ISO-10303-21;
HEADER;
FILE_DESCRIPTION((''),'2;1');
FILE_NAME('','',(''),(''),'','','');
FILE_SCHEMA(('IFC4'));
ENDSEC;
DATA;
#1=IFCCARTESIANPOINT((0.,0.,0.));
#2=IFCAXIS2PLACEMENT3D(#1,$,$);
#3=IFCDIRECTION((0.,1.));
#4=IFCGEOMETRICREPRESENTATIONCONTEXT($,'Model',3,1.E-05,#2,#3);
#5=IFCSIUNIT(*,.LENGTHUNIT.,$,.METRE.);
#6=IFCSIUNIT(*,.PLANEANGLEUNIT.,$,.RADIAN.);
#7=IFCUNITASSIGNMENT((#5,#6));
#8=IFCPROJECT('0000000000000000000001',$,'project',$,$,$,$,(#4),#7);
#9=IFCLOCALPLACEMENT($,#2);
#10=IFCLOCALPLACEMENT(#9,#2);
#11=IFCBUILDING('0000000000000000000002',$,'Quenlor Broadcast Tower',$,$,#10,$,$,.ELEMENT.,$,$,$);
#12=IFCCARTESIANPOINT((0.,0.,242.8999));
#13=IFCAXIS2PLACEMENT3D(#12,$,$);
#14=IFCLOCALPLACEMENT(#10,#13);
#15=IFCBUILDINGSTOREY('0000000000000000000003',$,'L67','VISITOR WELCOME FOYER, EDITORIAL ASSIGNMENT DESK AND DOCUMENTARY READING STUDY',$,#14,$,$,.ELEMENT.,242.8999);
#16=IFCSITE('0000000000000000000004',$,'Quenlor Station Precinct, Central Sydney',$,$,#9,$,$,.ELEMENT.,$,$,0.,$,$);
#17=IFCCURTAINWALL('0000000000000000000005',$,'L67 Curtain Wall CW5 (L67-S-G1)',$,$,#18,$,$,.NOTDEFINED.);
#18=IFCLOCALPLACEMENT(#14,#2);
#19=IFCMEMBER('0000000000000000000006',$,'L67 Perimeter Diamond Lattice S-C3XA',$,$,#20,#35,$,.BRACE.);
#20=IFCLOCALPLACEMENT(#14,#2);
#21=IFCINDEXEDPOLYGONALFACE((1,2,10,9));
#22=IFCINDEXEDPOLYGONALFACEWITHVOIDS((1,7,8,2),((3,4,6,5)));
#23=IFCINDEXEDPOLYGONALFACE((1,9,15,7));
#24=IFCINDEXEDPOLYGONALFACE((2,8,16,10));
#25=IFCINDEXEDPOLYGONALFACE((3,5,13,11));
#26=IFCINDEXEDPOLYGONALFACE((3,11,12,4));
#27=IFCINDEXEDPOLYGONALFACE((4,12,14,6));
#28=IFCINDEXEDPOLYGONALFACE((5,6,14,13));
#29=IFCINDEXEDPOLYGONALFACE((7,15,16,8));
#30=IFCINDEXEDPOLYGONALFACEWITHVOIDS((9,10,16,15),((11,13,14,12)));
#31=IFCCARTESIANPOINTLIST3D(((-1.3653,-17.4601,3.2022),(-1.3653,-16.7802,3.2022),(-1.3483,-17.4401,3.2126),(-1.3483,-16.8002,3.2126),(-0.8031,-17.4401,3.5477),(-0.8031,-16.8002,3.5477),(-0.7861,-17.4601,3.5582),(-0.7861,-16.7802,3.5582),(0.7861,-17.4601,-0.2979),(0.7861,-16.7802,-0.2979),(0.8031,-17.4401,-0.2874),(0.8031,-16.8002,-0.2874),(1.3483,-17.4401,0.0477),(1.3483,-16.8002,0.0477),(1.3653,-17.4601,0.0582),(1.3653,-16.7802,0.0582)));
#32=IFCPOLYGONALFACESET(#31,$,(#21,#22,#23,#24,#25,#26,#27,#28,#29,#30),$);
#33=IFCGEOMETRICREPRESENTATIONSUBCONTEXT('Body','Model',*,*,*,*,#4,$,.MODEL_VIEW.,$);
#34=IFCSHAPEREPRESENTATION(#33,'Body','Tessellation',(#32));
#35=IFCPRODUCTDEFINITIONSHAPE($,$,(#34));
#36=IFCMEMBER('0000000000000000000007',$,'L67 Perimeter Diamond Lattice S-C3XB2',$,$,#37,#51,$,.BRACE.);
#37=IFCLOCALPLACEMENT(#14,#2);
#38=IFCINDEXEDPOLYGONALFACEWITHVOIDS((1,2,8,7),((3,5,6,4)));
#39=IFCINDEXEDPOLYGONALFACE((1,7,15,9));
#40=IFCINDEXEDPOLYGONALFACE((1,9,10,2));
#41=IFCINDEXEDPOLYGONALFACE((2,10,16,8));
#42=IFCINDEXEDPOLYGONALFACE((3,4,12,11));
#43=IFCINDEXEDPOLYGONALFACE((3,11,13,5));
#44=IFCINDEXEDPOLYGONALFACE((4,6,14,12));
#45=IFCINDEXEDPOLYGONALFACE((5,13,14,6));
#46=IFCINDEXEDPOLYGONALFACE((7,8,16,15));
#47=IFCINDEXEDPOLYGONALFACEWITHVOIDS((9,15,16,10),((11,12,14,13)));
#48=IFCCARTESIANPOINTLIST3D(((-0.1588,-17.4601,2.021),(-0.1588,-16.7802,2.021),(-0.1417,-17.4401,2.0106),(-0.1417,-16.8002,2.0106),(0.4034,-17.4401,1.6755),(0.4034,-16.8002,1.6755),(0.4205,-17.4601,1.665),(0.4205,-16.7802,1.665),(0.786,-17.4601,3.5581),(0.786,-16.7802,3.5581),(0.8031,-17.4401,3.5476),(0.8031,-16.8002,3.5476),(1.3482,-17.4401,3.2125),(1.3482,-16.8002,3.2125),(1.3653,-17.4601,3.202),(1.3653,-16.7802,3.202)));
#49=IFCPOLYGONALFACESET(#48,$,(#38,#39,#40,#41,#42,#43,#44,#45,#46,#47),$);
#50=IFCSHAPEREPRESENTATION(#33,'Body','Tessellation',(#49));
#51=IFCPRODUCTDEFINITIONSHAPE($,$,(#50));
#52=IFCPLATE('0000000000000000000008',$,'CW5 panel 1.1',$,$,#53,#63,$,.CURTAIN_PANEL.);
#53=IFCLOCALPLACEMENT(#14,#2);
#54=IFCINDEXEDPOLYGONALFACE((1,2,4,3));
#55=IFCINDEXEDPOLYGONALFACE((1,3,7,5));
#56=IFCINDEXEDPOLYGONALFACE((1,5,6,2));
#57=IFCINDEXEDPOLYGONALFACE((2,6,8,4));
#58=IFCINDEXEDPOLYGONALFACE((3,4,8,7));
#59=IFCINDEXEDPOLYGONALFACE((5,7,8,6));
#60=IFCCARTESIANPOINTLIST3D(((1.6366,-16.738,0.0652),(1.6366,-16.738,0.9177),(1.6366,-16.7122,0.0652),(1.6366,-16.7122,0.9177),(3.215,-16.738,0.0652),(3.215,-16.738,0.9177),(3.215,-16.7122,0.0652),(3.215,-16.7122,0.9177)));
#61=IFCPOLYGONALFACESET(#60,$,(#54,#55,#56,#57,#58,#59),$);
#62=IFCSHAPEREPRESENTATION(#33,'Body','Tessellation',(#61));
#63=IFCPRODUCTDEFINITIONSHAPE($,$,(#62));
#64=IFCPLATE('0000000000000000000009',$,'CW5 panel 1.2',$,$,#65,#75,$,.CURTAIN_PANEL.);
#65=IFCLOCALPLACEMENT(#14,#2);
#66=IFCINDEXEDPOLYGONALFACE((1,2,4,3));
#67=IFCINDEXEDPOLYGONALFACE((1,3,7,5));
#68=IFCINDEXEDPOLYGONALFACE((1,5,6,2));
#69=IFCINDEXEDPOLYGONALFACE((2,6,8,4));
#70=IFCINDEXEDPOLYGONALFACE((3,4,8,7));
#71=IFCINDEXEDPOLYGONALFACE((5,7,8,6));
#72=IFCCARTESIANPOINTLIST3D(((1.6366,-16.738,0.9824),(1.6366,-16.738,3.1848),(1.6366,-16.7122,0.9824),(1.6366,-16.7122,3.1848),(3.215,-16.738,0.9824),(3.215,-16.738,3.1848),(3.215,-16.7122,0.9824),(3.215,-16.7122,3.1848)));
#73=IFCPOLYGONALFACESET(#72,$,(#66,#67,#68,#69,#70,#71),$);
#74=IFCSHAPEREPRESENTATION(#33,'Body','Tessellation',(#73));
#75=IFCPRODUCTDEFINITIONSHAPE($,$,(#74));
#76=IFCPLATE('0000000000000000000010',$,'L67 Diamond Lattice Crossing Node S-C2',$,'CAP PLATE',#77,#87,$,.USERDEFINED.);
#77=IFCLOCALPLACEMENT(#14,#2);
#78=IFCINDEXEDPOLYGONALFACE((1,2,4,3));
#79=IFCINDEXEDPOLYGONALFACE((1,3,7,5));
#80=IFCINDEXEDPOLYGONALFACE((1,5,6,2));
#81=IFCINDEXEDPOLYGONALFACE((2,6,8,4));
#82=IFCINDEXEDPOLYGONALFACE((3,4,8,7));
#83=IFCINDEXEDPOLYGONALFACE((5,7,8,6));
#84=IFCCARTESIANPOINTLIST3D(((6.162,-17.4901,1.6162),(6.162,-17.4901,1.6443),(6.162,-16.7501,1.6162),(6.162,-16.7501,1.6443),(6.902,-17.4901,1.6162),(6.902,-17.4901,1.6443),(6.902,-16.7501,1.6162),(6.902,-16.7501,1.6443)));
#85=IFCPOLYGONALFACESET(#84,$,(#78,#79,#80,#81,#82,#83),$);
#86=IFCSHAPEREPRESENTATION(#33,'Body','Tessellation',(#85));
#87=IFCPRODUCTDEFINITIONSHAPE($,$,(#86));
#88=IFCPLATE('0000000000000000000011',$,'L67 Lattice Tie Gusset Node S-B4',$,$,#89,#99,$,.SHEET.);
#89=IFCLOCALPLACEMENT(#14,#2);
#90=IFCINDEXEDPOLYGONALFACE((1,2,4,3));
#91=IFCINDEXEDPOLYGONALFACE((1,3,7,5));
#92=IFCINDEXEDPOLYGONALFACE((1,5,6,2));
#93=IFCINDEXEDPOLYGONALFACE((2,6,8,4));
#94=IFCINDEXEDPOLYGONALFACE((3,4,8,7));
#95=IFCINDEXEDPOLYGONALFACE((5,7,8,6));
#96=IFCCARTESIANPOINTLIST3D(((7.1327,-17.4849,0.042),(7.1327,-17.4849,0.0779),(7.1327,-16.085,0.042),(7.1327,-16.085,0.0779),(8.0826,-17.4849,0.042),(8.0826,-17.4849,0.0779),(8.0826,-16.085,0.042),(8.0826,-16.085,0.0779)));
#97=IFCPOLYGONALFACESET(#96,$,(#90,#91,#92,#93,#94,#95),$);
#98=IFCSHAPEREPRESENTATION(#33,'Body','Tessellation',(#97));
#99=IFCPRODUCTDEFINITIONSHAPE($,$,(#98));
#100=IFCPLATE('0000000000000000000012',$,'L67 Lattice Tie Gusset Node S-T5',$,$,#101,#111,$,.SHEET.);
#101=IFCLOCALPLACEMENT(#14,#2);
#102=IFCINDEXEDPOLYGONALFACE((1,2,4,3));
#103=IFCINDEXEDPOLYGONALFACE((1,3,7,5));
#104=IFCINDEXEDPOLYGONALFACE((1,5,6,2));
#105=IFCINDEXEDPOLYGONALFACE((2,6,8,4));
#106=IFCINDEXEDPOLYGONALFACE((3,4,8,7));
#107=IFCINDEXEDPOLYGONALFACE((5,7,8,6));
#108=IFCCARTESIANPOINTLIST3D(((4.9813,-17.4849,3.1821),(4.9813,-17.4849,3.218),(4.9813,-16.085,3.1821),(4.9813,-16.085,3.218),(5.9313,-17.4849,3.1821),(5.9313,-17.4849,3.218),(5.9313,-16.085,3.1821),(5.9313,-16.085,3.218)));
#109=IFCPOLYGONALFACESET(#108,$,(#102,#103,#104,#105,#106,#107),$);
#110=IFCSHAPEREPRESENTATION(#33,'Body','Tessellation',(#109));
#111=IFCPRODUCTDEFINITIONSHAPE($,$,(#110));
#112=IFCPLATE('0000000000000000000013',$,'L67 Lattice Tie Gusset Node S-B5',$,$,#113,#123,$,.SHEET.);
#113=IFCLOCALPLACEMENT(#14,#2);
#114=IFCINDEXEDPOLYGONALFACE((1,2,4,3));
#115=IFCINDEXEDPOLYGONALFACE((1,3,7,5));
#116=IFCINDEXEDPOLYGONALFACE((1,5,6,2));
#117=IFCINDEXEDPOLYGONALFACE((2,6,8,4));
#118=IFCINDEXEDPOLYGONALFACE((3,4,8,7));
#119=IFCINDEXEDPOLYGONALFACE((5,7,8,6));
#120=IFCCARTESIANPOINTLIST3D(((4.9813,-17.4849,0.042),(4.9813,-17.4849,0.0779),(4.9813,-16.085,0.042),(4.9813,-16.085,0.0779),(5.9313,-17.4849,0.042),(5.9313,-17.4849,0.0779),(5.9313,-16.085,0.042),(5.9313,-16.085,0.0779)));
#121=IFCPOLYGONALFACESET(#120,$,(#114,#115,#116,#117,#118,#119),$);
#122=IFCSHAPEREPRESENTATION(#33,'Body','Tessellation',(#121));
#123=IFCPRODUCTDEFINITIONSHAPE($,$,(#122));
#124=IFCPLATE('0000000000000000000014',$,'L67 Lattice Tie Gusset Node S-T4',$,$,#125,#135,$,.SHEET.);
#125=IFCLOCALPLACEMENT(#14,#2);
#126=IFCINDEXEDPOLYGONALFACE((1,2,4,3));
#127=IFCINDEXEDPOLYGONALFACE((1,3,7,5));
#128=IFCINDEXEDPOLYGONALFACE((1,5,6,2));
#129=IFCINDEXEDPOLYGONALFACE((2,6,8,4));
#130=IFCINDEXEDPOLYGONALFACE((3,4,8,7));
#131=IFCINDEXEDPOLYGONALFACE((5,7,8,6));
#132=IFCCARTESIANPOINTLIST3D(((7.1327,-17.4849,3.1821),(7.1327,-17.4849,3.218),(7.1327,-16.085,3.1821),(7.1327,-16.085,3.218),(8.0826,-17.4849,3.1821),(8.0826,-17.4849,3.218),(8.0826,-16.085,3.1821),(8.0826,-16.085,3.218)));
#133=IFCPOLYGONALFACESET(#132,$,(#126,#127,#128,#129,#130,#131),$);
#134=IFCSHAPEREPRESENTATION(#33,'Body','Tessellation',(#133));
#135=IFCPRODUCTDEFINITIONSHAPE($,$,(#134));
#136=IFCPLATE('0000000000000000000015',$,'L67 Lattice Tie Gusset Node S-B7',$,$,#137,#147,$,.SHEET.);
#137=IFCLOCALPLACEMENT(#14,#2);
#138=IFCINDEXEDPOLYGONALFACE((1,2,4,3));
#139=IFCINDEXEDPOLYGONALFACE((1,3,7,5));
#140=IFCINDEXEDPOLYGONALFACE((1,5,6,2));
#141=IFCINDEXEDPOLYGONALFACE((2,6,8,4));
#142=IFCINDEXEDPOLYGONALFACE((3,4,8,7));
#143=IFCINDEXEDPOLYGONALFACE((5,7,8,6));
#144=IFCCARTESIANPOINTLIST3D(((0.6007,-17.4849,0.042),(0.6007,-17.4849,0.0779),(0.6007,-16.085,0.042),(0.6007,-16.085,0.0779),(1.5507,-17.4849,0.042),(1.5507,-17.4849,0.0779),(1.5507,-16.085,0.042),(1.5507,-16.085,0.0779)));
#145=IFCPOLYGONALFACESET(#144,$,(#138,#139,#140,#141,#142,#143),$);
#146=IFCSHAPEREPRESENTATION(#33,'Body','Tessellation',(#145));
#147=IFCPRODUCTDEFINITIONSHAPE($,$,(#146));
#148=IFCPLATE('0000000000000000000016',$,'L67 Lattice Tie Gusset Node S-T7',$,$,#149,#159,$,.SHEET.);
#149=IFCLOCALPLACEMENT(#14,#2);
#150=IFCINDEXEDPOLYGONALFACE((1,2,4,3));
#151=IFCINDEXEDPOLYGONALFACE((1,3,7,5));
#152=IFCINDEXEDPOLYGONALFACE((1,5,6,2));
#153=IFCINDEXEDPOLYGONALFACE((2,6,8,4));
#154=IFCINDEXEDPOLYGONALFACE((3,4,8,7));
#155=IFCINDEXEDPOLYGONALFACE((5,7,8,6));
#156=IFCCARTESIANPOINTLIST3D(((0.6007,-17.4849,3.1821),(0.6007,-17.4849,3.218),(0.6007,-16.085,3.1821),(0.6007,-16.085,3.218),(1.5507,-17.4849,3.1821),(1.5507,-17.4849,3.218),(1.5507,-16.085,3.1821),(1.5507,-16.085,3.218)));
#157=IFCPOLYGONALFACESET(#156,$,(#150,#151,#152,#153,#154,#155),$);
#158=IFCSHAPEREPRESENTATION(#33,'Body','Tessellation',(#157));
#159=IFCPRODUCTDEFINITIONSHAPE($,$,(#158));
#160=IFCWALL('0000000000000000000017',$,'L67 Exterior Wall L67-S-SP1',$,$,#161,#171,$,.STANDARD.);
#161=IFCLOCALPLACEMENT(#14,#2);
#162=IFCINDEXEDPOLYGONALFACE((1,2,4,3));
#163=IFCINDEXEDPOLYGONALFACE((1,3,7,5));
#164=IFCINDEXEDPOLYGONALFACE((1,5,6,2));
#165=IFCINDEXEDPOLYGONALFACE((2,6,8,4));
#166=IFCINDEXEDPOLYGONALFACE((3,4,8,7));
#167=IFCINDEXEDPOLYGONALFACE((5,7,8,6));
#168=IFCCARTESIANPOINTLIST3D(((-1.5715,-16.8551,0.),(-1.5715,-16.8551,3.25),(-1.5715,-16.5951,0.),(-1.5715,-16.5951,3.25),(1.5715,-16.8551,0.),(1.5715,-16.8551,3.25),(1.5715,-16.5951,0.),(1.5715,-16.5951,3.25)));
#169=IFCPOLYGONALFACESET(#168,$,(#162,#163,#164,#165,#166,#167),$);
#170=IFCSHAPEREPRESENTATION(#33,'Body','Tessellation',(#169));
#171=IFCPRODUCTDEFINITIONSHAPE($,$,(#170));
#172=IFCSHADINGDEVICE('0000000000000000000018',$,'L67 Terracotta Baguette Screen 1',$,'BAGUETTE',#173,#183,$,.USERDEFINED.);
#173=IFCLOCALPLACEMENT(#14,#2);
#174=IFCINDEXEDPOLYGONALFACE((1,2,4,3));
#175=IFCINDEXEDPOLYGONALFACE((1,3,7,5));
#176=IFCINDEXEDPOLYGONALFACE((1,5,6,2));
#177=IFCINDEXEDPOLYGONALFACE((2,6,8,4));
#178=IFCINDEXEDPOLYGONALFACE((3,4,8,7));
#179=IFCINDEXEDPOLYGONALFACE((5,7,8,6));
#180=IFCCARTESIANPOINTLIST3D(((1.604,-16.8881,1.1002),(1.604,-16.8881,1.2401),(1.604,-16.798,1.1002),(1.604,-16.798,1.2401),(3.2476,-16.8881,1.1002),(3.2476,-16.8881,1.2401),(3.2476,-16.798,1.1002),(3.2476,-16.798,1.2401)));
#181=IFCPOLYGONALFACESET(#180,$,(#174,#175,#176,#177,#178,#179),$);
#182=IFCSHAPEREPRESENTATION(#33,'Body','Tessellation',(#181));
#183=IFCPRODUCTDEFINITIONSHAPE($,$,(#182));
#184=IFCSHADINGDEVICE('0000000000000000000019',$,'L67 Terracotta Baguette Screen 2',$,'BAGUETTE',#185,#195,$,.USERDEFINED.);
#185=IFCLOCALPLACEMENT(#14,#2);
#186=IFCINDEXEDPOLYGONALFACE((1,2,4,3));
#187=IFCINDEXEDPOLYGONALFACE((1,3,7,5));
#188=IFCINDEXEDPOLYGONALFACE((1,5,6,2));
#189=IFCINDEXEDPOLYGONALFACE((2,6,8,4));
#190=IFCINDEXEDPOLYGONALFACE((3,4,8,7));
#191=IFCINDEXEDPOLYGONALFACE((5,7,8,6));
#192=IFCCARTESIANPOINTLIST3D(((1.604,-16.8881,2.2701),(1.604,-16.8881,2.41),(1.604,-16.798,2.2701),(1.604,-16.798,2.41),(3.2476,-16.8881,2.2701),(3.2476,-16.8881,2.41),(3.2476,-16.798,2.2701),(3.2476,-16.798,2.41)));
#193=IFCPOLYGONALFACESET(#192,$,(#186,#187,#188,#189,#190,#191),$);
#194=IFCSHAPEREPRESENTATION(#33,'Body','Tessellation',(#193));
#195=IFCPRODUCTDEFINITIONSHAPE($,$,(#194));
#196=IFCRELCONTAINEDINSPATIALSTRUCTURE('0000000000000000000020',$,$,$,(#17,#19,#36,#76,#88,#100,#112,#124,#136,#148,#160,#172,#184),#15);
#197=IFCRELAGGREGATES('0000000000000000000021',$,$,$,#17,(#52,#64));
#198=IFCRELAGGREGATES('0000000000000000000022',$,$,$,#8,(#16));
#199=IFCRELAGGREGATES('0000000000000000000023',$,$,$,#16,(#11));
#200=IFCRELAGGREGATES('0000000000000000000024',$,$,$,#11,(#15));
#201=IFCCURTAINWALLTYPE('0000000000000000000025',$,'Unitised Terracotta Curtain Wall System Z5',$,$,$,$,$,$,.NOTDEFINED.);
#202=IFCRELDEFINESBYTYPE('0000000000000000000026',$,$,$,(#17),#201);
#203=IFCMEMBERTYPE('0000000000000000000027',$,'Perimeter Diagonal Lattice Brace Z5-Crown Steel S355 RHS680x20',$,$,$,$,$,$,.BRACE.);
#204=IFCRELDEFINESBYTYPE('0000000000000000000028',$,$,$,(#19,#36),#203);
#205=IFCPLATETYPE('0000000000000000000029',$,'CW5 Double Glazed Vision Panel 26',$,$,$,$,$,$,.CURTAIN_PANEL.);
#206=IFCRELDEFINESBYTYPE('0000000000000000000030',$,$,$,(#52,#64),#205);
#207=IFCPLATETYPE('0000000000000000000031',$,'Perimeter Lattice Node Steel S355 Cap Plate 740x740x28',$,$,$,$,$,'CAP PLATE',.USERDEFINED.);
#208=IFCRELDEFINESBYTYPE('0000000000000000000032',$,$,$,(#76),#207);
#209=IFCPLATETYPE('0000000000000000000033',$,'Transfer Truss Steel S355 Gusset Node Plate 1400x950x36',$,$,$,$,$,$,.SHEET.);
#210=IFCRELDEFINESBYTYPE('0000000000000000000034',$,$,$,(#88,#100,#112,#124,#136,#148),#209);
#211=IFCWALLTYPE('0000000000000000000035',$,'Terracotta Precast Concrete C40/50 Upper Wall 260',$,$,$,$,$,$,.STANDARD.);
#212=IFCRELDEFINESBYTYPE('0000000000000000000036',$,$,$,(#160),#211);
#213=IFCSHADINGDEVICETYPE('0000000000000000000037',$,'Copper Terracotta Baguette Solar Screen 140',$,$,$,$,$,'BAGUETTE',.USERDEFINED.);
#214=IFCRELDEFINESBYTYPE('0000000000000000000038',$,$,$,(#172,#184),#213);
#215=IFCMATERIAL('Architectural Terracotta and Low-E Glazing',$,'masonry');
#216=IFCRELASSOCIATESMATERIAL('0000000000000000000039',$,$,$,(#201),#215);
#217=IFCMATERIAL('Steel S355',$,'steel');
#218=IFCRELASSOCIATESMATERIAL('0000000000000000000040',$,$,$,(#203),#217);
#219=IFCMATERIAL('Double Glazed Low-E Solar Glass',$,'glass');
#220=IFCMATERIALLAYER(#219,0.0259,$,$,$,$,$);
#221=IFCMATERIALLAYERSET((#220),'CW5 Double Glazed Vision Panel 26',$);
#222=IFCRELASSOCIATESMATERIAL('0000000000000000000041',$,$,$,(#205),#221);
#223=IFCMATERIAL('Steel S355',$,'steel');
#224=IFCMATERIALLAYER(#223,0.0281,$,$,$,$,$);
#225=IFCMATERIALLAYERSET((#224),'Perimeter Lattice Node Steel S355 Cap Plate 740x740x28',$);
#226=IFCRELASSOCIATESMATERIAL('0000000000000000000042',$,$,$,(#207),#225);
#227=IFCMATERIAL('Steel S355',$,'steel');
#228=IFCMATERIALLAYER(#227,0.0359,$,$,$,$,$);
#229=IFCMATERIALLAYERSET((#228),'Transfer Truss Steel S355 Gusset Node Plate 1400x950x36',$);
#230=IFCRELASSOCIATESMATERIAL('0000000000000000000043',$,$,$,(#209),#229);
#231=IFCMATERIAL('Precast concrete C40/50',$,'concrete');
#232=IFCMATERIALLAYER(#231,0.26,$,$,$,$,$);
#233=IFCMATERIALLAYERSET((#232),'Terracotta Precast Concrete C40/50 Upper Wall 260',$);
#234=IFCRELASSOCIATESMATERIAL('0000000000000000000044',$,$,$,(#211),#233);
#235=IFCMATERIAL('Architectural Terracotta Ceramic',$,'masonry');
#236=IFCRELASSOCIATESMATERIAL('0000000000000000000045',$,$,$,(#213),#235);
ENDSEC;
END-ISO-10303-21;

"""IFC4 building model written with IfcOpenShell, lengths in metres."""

from ifc_helpers import new_model, si_unit, direction, frame, frame_2d, origin, origin_2d, place, context, subcontext, project, spatial, rectangle, hollow_rectangle, extrude, material, layer, layer_set, material_profile, profile_set, type_object, element, aggregate, save


model = new_model("IFC4")

# Units and contexts
model_context = context("Model", 3, precision=1e-05, world=origin(), true_north=direction((0.0, 1.0)))
body_context = subcontext(model_context, "Body", "Model", "MODEL_VIEW")
ifc_project = project(units=[si_unit("LENGTHUNIT", "METRE"), si_unit("PLANEANGLEUNIT", "RADIAN")], contexts=[model_context])

# Site, building, storey
site_placement = place(None, origin())
site = spatial("IfcSite", under=ifc_project, at=site_placement, Name="Quenlor Station Precinct, Central Sydney", CompositionType="ELEMENT", RefElevation=0.0)
building_placement = place(site_placement, origin())
building = spatial("IfcBuilding", under=site, at=building_placement, Name="Quenlor Broadcast Tower", CompositionType="ELEMENT")
storey_placement = place(building_placement, frame((0.0, 0.0, 242.8999)))
storey = spatial("IfcBuildingStorey", under=building, at=storey_placement, Name="L67", Description="VISITOR WELCOME FOYER, EDITORIAL ASSIGNMENT DESK AND DOCUMENTARY READING STUDY", CompositionType="ELEMENT", Elevation=242.8999)

# Curtain wall
ifc_material_1 = material(Name="Architectural Terracotta and Low-E Glazing", Category="masonry")
curtain_wall_type = type_object("IfcCurtainWallType", Name="Unitised Terracotta Curtain Wall System Z5", PredefinedType="NOTDEFINED", material=ifc_material_1)
curtain_wall_placement = place(storey_placement, origin())
curtain_wall = element("IfcCurtainWall", 1, at=curtain_wall_placement, inside=storey, type_object=curtain_wall_type, Name="L67 Curtain Wall CW5 (L67-S-G1)", PredefinedType="NOTDEFINED")

# Members
ifc_material_2 = material(Name="Steel S355", Category="steel")
ifc_material_profile_1 = material_profile(ifc_material_2, hollow_rectangle(XDim=0.6799, YDim=0.6799, WallThickness=0.02, at=origin_2d()))
ifc_profile_set_1 = profile_set([ifc_material_profile_1], Name="Steel S355 RHS680x680x20")
member_type_1 = type_object("IfcMemberType", Name="Perimeter Diagonal Lattice Brace Z5-Crown Steel S355 RHS680x20", PredefinedType="BRACE", material=ifc_profile_set_1)
member_1_placement = place(storey_placement, frame((1.0757, -17.1201, -0.1199), z_axis=(-0.52366, 0.0, 0.851928), x_axis=(0.0, -1.0, 0.0)))
element("IfcMember", 2, at=member_1_placement, inside=storey, type_object=member_type_1, Name="L67 Perimeter Diamond Lattice S-C3XA", PredefinedType="BRACE", context=body_context, shape_type="SweptSolid", body=[
    extrude(hollow_rectangle(XDim=0.6799, YDim=0.6799, WallThickness=0.02, at=origin_2d()), origin(), (0.0, 0.0, 1.0), 4.1084),
])
member_2_placement = place(storey_placement, frame((0.1309, -17.1201, 1.843), z_axis=(0.523659, 0.0, 0.851928), x_axis=(0.0, 1.0, 0.0)))
element("IfcMember", 3, at=member_2_placement, inside=storey, type_object=member_type_1, Name="L67 Perimeter Diamond Lattice S-C3XB2", PredefinedType="BRACE", context=body_context, shape_type="SweptSolid", body=[
    extrude(hollow_rectangle(XDim=0.6799, YDim=0.6799, WallThickness=0.02, at=origin_2d()), origin(), (0.0, 0.0, 1.0), 1.8042),
])

# Plates
ifc_material_3 = material(Name="Double Glazed Low-E Solar Glass", Category="glass")
ifc_layer_1 = layer(ifc_material_3, 0.0259)
ifc_layer_set_1 = layer_set([ifc_layer_1], Name="CW5 Double Glazed Vision Panel 26")
plate_type_1 = type_object("IfcPlateType", Name="CW5 Double Glazed Vision Panel 26", PredefinedType="CURTAIN_PANEL", material=ifc_layer_set_1)
plate_1_placement = place(storey_placement, frame((2.4258, -16.7251, 0.0652), z_axis=(0.0, 0.0, 1.0), x_axis=(-1.0, 0.0, 0.0)))
plate_1 = element("IfcPlate", 4, at=plate_1_placement, type_object=plate_type_1, Name="CW5 panel 1.1", PredefinedType="CURTAIN_PANEL", context=body_context, shape_type="SweptSolid", body=[
    extrude(rectangle(XDim=1.5784, YDim=0.0259, at=origin_2d()), origin(), (0.0, 0.0, 1.0), 0.8525),
])
plate_2_placement = place(storey_placement, frame((2.4258, -16.7251, 0.9824), z_axis=(0.0, 0.0, 1.0), x_axis=(-1.0, 0.0, 0.0)))
plate_2 = element("IfcPlate", 5, at=plate_2_placement, type_object=plate_type_1, Name="CW5 panel 1.2", PredefinedType="CURTAIN_PANEL", context=body_context, shape_type="SweptSolid", body=[
    extrude(rectangle(XDim=1.5784, YDim=0.0259, at=origin_2d()), origin(), (0.0, 0.0, 1.0), 2.2024),
])
aggregate(curtain_wall, [plate_1, plate_2])

# Plates
ifc_material_4 = material(Name="Steel S355", Category="steel")
ifc_layer_2 = layer(ifc_material_4, 0.0281)
ifc_layer_set_2 = layer_set([ifc_layer_2], Name="Perimeter Lattice Node Steel S355 Cap Plate 740x740x28")
plate_type_2 = type_object("IfcPlateType", Name="Perimeter Lattice Node Steel S355 Cap Plate 740x740x28", ElementType="CAP PLATE", PredefinedType="USERDEFINED", material=ifc_layer_set_2)
plate_3_placement = place(storey_placement, frame((6.532, -17.1201, 1.6162), z_axis=(0.0, 0.0, 1.0), x_axis=(-1.0, 0.0, 0.0)))
element("IfcPlate", 6, at=plate_3_placement, inside=storey, type_object=plate_type_2, Name="L67 Diamond Lattice Crossing Node S-C2", ObjectType="CAP PLATE", PredefinedType="USERDEFINED", context=body_context, shape_type="SweptSolid", body=[
    extrude(rectangle(XDim=0.74, YDim=0.74, at=origin_2d()), origin(), (0.0, 0.0, 1.0), 0.0281),
])
ifc_material_5 = material(Name="Steel S355", Category="steel")
ifc_layer_3 = layer(ifc_material_5, 0.0359)
ifc_layer_set_3 = layer_set([ifc_layer_3], Name="Transfer Truss Steel S355 Gusset Node Plate 1400x950x36")
plate_type_3 = type_object("IfcPlateType", Name="Transfer Truss Steel S355 Gusset Node Plate 1400x950x36", PredefinedType="SHEET", material=ifc_layer_set_3)
for number, where, z_axis, x_axis, name in (
    (7, (7.6077, -16.7849, 0.042), (0.0, 0.0, 1.0), (0.0, -1.0, 0.0), "L67 Lattice Tie Gusset Node S-B4"),
    (8, (5.4563, -16.7849, 3.1821), (0.0, 0.0, 1.0), (0.0, -1.0, 0.0), "L67 Lattice Tie Gusset Node S-T5"),
    (9, (5.4563, -16.7849, 0.042), (0.0, 0.0, 1.0), (0.0, -1.0, 0.0), "L67 Lattice Tie Gusset Node S-B5"),
    (10, (7.6077, -16.7849, 3.1821), (0.0, 0.0, 1.0), (0.0, -1.0, 0.0), "L67 Lattice Tie Gusset Node S-T4"),
    (11, (1.0757, -16.7849, 0.042), (0.0, 0.0, 1.0), (0.0, -1.0, 0.0), "L67 Lattice Tie Gusset Node S-B7"),
    (12, (1.0757, -16.7849, 3.1821), (0.0, 0.0, 1.0), (0.0, -1.0, 0.0), "L67 Lattice Tie Gusset Node S-T7"),
):
    element("IfcPlate", number, at=place(storey_placement, frame(where, z_axis=z_axis, x_axis=x_axis)), inside=storey, type_object=plate_type_3, Name=name, PredefinedType="SHEET", context=body_context, shape_type="SweptSolid", body=[
        extrude(rectangle(XDim=1.3999, YDim=0.95, at=origin_2d()), origin(), (0.0, 0.0, 1.0), 0.0359),
    ])

# Wall
ifc_material_6 = material(Name="Precast concrete C40/50", Category="concrete")
ifc_layer_4 = layer(ifc_material_6, 0.26)
ifc_layer_set_4 = layer_set([ifc_layer_4], Name="Terracotta Precast Concrete C40/50 Upper Wall 260")
wall_type = type_object("IfcWallType", Name="Terracotta Precast Concrete C40/50 Upper Wall 260", PredefinedType="STANDARD", material=ifc_layer_set_4)
wall_placement = place(storey_placement, frame((1.5715, -16.7251, 0.0), z_axis=(0.0, 0.0, 1.0), x_axis=(-1.0, 0.0, 0.0)))
element("IfcWall", 13, at=wall_placement, inside=storey, type_object=wall_type, Name="L67 Exterior Wall L67-S-SP1", PredefinedType="STANDARD", context=body_context, shape_type="SweptSolid", body=[
    extrude(rectangle(XDim=3.1431, YDim=0.26, at=frame_2d((1.5715, 0.0))), origin(), (0.0, 0.0, 1.0), 3.25),
])

# Shading devices
ifc_material_7 = material(Name="Architectural Terracotta Ceramic", Category="masonry")
ifc_material_profile_2 = material_profile(ifc_material_7, rectangle(XDim=0.0901, YDim=0.1399, at=origin_2d()))
ifc_profile_set_2 = profile_set([ifc_material_profile_2], Name="Architectural Terracotta Ceramic BAG90x140")
shading_device_type = type_object("IfcShadingDeviceType", Name="Copper Terracotta Baguette Solar Screen 140", ElementType="BAGUETTE", PredefinedType="USERDEFINED", material=ifc_profile_set_2)
for number, where, z_axis, x_axis, name in (
    (14, (3.2476, -16.843, 1.1702), (-1.0, 0.0, 0.0), (0.0, -1.0, 0.0), "L67 Terracotta Baguette Screen 1"),
    (15, (3.2476, -16.843, 2.3401), (-1.0, 0.0, 0.0), (0.0, -1.0, 0.0), "L67 Terracotta Baguette Screen 2"),
):
    element("IfcShadingDevice", number, at=place(storey_placement, frame(where, z_axis=z_axis, x_axis=x_axis)), inside=storey, type_object=shading_device_type, Name=name, ObjectType="BAGUETTE", PredefinedType="USERDEFINED", context=body_context, shape_type="SweptSolid", body=[
        extrude(rectangle(XDim=0.0901, YDim=0.1399, at=origin_2d()), origin(), (0.0, 0.0, 1.0), 1.6436),
    ])

save(model, "model.ifc")
